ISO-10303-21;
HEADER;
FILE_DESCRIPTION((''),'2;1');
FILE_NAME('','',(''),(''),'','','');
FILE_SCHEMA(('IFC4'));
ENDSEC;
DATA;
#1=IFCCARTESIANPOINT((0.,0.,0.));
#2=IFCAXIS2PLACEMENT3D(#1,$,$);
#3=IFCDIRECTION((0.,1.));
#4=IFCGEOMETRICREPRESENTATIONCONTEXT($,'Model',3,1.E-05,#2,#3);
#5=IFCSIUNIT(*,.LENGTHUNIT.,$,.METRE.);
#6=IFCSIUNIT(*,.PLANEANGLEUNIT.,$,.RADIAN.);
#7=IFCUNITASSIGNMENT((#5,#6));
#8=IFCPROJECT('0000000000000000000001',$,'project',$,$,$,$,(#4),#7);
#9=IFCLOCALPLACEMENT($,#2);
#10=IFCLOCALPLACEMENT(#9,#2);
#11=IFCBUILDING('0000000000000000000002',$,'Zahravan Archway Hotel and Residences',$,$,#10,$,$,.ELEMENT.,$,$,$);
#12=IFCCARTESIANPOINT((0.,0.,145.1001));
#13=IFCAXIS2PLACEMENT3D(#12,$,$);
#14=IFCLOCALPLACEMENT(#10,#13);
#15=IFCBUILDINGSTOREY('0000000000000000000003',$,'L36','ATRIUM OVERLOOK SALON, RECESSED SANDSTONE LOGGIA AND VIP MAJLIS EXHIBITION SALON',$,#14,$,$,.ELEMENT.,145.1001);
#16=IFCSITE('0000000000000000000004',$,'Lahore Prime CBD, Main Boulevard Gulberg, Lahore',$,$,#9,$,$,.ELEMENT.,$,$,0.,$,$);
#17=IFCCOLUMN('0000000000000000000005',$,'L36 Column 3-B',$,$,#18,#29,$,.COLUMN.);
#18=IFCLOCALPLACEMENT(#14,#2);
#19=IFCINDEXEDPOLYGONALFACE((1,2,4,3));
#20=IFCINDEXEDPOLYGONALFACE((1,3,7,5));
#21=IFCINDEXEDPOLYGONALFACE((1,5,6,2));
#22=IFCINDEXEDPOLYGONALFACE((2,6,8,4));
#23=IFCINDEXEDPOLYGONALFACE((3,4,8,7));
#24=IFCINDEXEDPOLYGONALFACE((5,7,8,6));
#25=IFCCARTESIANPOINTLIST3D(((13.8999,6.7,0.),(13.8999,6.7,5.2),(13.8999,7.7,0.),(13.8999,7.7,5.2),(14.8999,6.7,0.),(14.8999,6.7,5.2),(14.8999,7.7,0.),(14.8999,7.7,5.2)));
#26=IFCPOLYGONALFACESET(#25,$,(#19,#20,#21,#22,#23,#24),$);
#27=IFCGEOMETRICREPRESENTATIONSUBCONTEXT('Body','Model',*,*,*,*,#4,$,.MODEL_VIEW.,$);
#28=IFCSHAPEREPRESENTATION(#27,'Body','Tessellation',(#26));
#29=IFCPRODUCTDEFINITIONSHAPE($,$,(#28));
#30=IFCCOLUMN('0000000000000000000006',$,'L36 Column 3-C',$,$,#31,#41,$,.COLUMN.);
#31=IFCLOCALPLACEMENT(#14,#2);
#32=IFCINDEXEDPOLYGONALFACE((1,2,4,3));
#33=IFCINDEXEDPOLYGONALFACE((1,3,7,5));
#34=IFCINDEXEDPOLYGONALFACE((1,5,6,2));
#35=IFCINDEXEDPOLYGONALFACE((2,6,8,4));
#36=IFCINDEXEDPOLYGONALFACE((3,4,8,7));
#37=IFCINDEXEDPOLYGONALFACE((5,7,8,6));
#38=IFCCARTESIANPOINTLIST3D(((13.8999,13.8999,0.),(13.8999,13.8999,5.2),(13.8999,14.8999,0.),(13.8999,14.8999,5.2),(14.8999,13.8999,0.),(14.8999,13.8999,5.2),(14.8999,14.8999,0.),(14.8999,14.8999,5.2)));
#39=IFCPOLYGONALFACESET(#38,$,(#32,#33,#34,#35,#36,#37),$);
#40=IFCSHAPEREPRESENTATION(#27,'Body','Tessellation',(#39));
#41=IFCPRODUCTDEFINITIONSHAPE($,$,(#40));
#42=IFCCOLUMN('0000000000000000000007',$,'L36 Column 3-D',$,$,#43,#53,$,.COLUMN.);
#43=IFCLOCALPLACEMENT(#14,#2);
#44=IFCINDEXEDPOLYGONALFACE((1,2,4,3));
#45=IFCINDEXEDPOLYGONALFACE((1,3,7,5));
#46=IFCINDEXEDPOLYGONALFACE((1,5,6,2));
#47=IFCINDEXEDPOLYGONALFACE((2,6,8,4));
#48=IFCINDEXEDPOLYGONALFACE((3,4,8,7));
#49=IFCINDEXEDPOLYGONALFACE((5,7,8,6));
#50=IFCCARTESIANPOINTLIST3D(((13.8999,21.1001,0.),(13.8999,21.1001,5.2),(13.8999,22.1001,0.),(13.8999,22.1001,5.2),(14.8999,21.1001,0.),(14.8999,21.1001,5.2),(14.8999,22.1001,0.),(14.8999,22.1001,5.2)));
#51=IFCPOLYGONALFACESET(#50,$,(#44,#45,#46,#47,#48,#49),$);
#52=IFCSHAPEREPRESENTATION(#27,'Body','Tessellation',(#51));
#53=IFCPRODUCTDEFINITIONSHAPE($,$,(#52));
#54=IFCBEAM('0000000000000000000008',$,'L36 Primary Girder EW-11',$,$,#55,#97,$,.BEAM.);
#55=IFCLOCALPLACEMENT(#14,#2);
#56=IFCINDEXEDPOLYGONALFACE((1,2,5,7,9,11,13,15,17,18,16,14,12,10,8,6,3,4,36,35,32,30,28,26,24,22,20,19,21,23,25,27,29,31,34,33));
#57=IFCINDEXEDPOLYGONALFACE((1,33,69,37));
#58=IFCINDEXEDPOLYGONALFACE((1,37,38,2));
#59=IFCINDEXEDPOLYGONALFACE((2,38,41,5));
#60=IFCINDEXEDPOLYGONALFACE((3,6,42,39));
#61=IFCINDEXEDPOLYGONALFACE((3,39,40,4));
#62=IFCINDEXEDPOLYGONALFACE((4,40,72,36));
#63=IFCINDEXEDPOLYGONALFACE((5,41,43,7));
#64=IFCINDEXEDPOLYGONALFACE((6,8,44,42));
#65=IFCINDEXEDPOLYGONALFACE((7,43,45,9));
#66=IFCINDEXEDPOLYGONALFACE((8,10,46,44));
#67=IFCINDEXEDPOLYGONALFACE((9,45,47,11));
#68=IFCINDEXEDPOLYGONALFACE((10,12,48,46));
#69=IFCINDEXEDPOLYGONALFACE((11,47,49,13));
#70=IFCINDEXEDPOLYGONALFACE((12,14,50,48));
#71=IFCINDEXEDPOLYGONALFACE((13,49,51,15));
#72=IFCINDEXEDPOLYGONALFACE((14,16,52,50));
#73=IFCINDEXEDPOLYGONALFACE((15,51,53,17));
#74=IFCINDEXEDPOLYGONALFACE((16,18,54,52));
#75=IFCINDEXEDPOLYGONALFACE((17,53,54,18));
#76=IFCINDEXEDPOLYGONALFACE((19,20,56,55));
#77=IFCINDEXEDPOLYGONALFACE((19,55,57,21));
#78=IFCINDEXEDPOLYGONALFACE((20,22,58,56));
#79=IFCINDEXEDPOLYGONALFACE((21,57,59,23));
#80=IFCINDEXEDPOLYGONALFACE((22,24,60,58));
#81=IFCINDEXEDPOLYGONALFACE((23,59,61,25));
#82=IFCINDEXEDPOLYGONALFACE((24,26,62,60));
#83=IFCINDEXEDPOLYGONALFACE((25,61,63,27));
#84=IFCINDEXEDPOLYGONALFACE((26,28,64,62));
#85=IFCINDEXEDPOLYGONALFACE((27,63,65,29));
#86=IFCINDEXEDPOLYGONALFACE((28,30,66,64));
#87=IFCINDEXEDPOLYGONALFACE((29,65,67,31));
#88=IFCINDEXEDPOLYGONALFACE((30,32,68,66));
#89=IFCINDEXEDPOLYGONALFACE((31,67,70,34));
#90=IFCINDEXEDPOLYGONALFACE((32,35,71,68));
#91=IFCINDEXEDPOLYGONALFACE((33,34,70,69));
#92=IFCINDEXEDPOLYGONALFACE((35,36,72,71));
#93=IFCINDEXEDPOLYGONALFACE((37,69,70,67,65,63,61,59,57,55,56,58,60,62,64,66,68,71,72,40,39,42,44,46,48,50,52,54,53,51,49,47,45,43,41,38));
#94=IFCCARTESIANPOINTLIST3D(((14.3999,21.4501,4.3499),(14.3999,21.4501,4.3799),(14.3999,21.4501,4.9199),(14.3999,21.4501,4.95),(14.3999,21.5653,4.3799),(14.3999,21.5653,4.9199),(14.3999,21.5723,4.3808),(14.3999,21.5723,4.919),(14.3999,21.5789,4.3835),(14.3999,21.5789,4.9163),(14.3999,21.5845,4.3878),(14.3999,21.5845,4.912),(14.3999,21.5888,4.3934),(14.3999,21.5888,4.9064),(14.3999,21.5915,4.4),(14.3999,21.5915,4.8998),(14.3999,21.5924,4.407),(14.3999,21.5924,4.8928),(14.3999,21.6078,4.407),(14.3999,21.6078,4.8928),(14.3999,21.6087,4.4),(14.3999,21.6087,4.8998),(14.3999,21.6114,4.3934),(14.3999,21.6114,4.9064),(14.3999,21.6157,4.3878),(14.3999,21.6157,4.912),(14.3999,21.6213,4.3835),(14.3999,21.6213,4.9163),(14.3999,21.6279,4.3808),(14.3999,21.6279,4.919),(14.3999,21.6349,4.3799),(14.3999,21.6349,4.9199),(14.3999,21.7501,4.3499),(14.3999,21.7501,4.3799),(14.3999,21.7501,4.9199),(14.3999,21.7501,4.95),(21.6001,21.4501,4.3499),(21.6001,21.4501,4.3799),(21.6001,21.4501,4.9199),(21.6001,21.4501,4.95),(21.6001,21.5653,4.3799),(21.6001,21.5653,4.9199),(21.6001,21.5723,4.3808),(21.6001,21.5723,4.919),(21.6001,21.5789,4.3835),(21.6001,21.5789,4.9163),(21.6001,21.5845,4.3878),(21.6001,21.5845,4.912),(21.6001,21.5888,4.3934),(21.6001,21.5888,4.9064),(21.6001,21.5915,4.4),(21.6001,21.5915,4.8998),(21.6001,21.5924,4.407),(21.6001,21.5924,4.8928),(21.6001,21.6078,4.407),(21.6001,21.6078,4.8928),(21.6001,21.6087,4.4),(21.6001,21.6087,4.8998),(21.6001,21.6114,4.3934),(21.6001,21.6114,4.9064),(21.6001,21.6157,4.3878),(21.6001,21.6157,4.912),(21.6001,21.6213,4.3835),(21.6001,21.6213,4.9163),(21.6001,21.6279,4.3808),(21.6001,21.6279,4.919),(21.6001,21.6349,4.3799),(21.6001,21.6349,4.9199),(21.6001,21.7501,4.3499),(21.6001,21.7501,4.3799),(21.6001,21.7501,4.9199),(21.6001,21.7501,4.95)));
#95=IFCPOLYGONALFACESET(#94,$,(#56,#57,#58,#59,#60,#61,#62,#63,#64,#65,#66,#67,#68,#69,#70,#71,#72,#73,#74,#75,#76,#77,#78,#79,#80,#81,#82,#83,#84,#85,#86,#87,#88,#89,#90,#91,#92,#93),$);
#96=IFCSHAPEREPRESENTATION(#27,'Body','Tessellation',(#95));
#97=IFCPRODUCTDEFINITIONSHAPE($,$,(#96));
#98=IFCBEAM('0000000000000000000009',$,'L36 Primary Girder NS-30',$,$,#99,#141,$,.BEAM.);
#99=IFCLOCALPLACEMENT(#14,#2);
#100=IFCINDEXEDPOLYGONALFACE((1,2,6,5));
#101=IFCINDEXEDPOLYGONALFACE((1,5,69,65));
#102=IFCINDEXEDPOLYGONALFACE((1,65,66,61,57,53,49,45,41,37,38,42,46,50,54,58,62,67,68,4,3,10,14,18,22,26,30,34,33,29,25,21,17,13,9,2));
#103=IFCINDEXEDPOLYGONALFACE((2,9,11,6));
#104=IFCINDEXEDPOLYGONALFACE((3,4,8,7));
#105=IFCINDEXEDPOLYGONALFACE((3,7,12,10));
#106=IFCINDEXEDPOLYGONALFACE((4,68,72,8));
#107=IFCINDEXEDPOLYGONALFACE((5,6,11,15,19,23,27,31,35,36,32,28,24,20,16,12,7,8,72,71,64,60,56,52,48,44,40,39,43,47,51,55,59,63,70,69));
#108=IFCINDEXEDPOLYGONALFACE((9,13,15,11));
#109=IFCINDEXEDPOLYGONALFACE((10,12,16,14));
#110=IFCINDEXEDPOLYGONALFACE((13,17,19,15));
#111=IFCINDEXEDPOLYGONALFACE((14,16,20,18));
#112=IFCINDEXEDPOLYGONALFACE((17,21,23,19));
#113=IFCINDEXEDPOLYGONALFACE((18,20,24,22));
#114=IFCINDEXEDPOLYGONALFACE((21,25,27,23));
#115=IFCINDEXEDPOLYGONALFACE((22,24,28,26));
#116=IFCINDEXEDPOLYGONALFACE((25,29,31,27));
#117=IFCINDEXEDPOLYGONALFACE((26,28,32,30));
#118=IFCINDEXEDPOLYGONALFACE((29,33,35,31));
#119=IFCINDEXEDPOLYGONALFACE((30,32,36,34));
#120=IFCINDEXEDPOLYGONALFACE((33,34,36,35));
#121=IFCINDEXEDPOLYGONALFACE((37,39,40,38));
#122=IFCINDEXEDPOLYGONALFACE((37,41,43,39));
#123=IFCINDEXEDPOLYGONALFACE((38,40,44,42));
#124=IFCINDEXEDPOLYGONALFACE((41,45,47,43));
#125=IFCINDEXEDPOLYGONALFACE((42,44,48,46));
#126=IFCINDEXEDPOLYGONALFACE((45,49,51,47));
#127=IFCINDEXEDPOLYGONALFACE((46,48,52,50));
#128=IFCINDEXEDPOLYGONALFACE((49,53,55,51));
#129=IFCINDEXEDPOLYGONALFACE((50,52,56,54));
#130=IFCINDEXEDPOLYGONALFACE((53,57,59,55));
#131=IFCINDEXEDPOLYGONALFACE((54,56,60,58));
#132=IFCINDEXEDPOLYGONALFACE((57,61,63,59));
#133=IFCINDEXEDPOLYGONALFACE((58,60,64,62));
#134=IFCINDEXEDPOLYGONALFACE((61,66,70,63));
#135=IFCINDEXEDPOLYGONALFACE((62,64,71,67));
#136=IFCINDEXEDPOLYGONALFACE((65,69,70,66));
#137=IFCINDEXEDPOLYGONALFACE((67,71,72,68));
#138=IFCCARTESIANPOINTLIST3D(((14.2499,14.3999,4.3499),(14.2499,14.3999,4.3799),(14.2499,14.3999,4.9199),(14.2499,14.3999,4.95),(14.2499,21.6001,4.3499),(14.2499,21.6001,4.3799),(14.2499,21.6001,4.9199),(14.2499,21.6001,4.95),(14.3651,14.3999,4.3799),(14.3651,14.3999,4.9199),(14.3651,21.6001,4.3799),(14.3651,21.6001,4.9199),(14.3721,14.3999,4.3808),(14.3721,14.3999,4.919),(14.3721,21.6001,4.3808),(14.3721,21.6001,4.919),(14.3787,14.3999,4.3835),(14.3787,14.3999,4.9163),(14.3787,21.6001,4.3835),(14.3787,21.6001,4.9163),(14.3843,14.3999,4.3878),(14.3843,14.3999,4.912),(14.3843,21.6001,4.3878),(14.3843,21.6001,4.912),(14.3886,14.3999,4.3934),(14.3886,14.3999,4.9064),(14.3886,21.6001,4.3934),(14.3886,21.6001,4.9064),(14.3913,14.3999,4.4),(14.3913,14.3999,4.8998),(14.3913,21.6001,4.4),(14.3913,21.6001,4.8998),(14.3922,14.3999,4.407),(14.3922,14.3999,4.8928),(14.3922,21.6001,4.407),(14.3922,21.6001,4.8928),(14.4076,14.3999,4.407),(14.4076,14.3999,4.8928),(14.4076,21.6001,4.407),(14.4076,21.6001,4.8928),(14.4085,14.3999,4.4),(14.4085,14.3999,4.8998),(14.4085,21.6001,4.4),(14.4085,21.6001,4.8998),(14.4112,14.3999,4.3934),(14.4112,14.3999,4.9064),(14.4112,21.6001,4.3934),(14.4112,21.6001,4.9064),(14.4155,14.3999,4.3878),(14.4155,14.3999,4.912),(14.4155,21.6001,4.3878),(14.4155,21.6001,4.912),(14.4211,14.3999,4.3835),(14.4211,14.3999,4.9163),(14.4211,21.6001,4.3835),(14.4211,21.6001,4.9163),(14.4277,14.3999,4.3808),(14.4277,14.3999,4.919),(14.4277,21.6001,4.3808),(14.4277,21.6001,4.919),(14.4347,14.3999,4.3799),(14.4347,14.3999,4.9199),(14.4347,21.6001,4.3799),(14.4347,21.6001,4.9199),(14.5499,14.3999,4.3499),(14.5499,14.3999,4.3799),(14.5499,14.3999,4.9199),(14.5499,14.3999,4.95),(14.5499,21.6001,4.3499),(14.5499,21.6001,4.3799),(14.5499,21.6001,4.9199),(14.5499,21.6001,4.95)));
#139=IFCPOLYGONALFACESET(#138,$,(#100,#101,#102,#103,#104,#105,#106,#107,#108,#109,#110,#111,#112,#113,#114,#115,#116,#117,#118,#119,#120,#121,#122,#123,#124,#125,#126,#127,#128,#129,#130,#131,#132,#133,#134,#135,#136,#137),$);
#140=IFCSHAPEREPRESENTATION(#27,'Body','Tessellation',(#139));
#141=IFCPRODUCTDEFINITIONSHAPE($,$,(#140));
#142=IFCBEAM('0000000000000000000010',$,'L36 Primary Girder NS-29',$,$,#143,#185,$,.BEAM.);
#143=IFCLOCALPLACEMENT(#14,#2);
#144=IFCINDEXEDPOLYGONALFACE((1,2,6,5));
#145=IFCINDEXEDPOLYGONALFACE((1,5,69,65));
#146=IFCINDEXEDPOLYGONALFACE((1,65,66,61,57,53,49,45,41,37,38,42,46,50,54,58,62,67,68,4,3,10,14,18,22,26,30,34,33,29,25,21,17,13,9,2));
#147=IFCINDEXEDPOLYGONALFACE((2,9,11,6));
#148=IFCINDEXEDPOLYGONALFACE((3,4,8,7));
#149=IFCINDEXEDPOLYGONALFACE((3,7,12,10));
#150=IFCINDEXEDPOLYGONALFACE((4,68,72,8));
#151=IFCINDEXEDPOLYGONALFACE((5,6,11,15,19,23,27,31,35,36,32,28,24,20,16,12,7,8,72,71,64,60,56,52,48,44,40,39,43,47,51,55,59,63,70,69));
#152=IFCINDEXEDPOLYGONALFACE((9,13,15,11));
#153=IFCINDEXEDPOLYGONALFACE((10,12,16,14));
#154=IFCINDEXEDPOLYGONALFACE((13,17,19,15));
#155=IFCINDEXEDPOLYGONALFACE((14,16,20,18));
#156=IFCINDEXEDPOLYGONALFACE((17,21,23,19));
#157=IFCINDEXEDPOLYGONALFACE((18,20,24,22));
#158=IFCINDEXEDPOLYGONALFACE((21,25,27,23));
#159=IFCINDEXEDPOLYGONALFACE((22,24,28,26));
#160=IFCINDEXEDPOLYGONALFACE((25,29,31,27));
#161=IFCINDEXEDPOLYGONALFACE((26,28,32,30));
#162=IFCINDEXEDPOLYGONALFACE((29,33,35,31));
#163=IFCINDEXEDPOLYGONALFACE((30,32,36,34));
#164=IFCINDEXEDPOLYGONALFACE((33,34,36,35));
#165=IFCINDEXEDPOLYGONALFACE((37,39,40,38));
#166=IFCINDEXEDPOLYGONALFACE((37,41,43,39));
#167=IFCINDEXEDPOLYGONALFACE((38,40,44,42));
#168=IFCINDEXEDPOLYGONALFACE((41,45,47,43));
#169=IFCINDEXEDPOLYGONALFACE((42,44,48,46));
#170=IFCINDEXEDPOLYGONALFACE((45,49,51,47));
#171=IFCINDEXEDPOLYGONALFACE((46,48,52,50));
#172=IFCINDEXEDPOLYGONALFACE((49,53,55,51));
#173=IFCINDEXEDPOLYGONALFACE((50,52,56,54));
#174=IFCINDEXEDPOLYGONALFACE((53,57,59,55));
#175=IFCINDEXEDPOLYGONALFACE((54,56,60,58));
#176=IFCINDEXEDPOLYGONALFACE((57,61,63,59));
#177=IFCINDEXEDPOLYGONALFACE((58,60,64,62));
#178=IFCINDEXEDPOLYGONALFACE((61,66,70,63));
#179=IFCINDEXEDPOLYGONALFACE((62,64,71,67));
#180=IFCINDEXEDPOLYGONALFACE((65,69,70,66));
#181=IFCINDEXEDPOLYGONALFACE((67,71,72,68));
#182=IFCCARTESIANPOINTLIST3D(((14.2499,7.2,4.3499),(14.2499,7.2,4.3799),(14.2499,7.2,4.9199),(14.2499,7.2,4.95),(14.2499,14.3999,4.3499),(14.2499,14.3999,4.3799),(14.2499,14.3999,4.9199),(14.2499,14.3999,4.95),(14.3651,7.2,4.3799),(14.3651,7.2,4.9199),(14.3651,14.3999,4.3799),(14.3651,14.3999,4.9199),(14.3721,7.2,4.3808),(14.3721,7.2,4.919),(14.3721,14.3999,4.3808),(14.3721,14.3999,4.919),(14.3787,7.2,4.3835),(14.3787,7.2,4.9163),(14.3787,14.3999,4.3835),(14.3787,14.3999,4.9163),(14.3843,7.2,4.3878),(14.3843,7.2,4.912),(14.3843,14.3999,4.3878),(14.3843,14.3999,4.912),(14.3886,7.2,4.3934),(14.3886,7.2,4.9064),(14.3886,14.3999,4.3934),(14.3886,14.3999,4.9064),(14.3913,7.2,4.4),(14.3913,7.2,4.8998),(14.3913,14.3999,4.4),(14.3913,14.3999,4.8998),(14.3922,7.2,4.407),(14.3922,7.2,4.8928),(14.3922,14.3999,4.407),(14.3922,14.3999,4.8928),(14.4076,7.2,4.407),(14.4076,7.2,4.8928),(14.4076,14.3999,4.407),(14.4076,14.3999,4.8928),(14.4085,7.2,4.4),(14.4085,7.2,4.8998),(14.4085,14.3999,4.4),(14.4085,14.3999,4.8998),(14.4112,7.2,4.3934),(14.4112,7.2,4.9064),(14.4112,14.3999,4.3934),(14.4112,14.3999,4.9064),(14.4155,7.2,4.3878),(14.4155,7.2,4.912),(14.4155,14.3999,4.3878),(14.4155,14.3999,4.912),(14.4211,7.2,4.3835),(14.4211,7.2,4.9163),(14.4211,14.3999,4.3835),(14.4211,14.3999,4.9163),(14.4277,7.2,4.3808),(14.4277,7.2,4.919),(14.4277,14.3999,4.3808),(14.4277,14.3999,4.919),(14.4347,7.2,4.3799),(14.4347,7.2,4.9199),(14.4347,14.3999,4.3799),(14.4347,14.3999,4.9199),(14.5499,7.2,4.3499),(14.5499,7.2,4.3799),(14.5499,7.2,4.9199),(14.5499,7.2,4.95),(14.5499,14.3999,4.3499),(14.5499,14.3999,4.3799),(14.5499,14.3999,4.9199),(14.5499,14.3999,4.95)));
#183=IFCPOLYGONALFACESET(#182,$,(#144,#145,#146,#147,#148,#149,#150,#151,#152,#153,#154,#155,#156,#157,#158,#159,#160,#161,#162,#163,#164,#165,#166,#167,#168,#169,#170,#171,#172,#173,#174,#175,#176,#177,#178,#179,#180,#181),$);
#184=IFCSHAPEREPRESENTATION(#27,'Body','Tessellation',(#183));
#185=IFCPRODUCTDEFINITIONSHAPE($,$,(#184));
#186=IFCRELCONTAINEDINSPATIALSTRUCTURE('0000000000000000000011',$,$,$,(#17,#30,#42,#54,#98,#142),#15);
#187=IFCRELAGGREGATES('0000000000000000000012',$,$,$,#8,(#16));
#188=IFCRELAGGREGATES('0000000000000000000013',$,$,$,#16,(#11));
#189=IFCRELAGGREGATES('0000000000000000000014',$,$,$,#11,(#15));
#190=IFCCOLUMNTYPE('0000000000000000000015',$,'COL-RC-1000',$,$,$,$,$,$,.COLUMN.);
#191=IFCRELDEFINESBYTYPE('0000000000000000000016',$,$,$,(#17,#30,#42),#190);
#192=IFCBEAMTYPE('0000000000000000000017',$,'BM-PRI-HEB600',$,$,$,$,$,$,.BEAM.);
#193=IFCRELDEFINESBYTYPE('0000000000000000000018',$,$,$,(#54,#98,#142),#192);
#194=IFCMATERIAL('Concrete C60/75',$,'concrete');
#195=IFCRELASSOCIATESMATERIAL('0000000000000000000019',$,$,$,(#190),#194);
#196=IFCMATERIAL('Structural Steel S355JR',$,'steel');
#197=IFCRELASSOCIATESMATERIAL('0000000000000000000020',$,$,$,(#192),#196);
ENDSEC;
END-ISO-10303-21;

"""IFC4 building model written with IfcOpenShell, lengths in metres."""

from ifc_helpers import new_model, si_unit, direction, frame, origin, origin_2d, place, context, subcontext, project, spatial, rectangle, i_section, extrude, source, transform, mapped, material, material_profile, profile_set, type_object, type_shapes, element, save


model = new_model("IFC4")

# Units and contexts
model_context = context("Model", 3, precision=1e-05, world=origin(), true_north=direction((0.0, 1.0)))
body_context = subcontext(model_context, "Body", "Model", "MODEL_VIEW")
ifc_project = project(units=[si_unit("LENGTHUNIT", "METRE"), si_unit("PLANEANGLEUNIT", "RADIAN")], contexts=[model_context])

# Site, building, storey
site_placement = place(None, origin())
site = spatial("IfcSite", under=ifc_project, at=site_placement, Name="Lahore Prime CBD, Main Boulevard Gulberg, Lahore", CompositionType="ELEMENT", RefElevation=0.0)
building_placement = place(site_placement, origin())
building = spatial("IfcBuilding", under=site, at=building_placement, Name="Zahravan Archway Hotel and Residences", CompositionType="ELEMENT")
storey_placement = place(building_placement, frame((0.0, 0.0, 145.1001)))
storey = spatial("IfcBuildingStorey", under=building, at=storey_placement, Name="L36", Description="ATRIUM OVERLOOK SALON, RECESSED SANDSTONE LOGGIA AND VIP MAJLIS EXHIBITION SALON", CompositionType="ELEMENT", Elevation=145.1001)

# Columns
ifc_material_1 = material(Name="Concrete C60/75", Category="concrete")
ifc_material_profile_1 = material_profile(ifc_material_1, rectangle(XDim=1.0, YDim=1.0, at=origin_2d()), Name="RC-COL-1000x1000", Category="concrete")
ifc_profile_set_1 = profile_set([ifc_material_profile_1], Name="Concrete C60/75")
column_type = type_object("IfcColumnType", Name="COL-RC-1000", PredefinedType="COLUMN", material=ifc_profile_set_1)
shared_shape_1 = source(origin(), body_context, "Body", "SweptSolid", [
    extrude(rectangle(XDim=1.0, YDim=1.0, at=origin_2d()), origin(), (0.0, 0.0, 1.0), 5.2),
])
for number, where, z_axis, x_axis, name in (
    (1, (14.3999, 7.2, 0.0), (0.0, 0.0, 1.0), (1.0, 0.0, 0.0), "L36 Column 3-B"),
    (2, (14.3999, 14.3999, 0.0), (0.0, 0.0, 1.0), (1.0, 0.0, 0.0), "L36 Column 3-C"),
    (3, (14.3999, 21.6001, 0.0), (0.0, 0.0, 1.0), (1.0, 0.0, 0.0), "L36 Column 3-D"),
):
    element("IfcColumn", number, at=place(storey_placement, frame(where, z_axis=z_axis, x_axis=x_axis)), inside=storey, type_object=column_type, Name=name, PredefinedType="COLUMN", context=body_context, shape_type="MappedRepresentation", body=[
        mapped(shared_shape_1, transform((0.0, 0.0, 0.0), scale=1.0)),
    ])

# Beams
ifc_material_2 = material(Name="Structural Steel S355JR", Category="steel")
ifc_material_profile_2 = material_profile(ifc_material_2, i_section(OverallWidth=0.3, OverallDepth=0.6001, WebThickness=0.0154, FlangeThickness=0.03, FilletRadius=0.0271, at=origin_2d()), Name="HEB 600", Category="steel")
ifc_profile_set_2 = profile_set([ifc_material_profile_2], Name="Structural Steel S355JR")
beam_type = type_object("IfcBeamType", Name="BM-PRI-HEB600", PredefinedType="BEAM", material=ifc_profile_set_2)
shared_shape_2 = source(origin(), body_context, "Body", "SweptSolid", [
    extrude(i_section(OverallWidth=0.3, OverallDepth=0.6001, WebThickness=0.0154, FlangeThickness=0.03, FilletRadius=0.0271, at=origin_2d()), origin(), (0.0, 0.0, 1.0), 7.2002),
])
type_shapes(beam_type, [shared_shape_2])
for number, where, z_axis, x_axis, name in (
    (4, (14.3999, 21.6001, 4.6499), (1.0, 0.0, 0.0), (0.0, 1.0, 0.0), "L36 Primary Girder EW-11"),
    (5, (14.3999, 14.3999, 4.6499), (0.0, 1.0, 0.0), (-1.0, 0.0, 0.0), "L36 Primary Girder NS-30"),
):
    element("IfcBeam", number, at=place(storey_placement, frame(where, z_axis=z_axis, x_axis=x_axis)), inside=storey, type_object=beam_type, Name=name, PredefinedType="BEAM", context=body_context, shape_type="MappedRepresentation", body=[
        mapped(shared_shape_2, transform((0.0, 0.0, 0.0), scale=1.0)),
    ])
shared_shape_3 = source(origin(), body_context, "Body", "SweptSolid", [
    extrude(i_section(OverallWidth=0.3, OverallDepth=0.6001, WebThickness=0.0154, FlangeThickness=0.03, FilletRadius=0.0271, at=origin_2d()), origin(), (0.0, 0.0, 1.0), 7.2),
])
beam_placement = place(storey_placement, frame((14.3999, 7.2, 4.6499), z_axis=(0.0, 1.0, 0.0), x_axis=(-1.0, 0.0, 0.0)))
element("IfcBeam", 6, at=beam_placement, inside=storey, type_object=beam_type, Name="L36 Primary Girder NS-29", PredefinedType="BEAM", context=body_context, shape_type="MappedRepresentation", body=[
    mapped(shared_shape_3, transform((0.0, 0.0, 0.0), scale=1.0)),
])

save(model, "model.ifc")
